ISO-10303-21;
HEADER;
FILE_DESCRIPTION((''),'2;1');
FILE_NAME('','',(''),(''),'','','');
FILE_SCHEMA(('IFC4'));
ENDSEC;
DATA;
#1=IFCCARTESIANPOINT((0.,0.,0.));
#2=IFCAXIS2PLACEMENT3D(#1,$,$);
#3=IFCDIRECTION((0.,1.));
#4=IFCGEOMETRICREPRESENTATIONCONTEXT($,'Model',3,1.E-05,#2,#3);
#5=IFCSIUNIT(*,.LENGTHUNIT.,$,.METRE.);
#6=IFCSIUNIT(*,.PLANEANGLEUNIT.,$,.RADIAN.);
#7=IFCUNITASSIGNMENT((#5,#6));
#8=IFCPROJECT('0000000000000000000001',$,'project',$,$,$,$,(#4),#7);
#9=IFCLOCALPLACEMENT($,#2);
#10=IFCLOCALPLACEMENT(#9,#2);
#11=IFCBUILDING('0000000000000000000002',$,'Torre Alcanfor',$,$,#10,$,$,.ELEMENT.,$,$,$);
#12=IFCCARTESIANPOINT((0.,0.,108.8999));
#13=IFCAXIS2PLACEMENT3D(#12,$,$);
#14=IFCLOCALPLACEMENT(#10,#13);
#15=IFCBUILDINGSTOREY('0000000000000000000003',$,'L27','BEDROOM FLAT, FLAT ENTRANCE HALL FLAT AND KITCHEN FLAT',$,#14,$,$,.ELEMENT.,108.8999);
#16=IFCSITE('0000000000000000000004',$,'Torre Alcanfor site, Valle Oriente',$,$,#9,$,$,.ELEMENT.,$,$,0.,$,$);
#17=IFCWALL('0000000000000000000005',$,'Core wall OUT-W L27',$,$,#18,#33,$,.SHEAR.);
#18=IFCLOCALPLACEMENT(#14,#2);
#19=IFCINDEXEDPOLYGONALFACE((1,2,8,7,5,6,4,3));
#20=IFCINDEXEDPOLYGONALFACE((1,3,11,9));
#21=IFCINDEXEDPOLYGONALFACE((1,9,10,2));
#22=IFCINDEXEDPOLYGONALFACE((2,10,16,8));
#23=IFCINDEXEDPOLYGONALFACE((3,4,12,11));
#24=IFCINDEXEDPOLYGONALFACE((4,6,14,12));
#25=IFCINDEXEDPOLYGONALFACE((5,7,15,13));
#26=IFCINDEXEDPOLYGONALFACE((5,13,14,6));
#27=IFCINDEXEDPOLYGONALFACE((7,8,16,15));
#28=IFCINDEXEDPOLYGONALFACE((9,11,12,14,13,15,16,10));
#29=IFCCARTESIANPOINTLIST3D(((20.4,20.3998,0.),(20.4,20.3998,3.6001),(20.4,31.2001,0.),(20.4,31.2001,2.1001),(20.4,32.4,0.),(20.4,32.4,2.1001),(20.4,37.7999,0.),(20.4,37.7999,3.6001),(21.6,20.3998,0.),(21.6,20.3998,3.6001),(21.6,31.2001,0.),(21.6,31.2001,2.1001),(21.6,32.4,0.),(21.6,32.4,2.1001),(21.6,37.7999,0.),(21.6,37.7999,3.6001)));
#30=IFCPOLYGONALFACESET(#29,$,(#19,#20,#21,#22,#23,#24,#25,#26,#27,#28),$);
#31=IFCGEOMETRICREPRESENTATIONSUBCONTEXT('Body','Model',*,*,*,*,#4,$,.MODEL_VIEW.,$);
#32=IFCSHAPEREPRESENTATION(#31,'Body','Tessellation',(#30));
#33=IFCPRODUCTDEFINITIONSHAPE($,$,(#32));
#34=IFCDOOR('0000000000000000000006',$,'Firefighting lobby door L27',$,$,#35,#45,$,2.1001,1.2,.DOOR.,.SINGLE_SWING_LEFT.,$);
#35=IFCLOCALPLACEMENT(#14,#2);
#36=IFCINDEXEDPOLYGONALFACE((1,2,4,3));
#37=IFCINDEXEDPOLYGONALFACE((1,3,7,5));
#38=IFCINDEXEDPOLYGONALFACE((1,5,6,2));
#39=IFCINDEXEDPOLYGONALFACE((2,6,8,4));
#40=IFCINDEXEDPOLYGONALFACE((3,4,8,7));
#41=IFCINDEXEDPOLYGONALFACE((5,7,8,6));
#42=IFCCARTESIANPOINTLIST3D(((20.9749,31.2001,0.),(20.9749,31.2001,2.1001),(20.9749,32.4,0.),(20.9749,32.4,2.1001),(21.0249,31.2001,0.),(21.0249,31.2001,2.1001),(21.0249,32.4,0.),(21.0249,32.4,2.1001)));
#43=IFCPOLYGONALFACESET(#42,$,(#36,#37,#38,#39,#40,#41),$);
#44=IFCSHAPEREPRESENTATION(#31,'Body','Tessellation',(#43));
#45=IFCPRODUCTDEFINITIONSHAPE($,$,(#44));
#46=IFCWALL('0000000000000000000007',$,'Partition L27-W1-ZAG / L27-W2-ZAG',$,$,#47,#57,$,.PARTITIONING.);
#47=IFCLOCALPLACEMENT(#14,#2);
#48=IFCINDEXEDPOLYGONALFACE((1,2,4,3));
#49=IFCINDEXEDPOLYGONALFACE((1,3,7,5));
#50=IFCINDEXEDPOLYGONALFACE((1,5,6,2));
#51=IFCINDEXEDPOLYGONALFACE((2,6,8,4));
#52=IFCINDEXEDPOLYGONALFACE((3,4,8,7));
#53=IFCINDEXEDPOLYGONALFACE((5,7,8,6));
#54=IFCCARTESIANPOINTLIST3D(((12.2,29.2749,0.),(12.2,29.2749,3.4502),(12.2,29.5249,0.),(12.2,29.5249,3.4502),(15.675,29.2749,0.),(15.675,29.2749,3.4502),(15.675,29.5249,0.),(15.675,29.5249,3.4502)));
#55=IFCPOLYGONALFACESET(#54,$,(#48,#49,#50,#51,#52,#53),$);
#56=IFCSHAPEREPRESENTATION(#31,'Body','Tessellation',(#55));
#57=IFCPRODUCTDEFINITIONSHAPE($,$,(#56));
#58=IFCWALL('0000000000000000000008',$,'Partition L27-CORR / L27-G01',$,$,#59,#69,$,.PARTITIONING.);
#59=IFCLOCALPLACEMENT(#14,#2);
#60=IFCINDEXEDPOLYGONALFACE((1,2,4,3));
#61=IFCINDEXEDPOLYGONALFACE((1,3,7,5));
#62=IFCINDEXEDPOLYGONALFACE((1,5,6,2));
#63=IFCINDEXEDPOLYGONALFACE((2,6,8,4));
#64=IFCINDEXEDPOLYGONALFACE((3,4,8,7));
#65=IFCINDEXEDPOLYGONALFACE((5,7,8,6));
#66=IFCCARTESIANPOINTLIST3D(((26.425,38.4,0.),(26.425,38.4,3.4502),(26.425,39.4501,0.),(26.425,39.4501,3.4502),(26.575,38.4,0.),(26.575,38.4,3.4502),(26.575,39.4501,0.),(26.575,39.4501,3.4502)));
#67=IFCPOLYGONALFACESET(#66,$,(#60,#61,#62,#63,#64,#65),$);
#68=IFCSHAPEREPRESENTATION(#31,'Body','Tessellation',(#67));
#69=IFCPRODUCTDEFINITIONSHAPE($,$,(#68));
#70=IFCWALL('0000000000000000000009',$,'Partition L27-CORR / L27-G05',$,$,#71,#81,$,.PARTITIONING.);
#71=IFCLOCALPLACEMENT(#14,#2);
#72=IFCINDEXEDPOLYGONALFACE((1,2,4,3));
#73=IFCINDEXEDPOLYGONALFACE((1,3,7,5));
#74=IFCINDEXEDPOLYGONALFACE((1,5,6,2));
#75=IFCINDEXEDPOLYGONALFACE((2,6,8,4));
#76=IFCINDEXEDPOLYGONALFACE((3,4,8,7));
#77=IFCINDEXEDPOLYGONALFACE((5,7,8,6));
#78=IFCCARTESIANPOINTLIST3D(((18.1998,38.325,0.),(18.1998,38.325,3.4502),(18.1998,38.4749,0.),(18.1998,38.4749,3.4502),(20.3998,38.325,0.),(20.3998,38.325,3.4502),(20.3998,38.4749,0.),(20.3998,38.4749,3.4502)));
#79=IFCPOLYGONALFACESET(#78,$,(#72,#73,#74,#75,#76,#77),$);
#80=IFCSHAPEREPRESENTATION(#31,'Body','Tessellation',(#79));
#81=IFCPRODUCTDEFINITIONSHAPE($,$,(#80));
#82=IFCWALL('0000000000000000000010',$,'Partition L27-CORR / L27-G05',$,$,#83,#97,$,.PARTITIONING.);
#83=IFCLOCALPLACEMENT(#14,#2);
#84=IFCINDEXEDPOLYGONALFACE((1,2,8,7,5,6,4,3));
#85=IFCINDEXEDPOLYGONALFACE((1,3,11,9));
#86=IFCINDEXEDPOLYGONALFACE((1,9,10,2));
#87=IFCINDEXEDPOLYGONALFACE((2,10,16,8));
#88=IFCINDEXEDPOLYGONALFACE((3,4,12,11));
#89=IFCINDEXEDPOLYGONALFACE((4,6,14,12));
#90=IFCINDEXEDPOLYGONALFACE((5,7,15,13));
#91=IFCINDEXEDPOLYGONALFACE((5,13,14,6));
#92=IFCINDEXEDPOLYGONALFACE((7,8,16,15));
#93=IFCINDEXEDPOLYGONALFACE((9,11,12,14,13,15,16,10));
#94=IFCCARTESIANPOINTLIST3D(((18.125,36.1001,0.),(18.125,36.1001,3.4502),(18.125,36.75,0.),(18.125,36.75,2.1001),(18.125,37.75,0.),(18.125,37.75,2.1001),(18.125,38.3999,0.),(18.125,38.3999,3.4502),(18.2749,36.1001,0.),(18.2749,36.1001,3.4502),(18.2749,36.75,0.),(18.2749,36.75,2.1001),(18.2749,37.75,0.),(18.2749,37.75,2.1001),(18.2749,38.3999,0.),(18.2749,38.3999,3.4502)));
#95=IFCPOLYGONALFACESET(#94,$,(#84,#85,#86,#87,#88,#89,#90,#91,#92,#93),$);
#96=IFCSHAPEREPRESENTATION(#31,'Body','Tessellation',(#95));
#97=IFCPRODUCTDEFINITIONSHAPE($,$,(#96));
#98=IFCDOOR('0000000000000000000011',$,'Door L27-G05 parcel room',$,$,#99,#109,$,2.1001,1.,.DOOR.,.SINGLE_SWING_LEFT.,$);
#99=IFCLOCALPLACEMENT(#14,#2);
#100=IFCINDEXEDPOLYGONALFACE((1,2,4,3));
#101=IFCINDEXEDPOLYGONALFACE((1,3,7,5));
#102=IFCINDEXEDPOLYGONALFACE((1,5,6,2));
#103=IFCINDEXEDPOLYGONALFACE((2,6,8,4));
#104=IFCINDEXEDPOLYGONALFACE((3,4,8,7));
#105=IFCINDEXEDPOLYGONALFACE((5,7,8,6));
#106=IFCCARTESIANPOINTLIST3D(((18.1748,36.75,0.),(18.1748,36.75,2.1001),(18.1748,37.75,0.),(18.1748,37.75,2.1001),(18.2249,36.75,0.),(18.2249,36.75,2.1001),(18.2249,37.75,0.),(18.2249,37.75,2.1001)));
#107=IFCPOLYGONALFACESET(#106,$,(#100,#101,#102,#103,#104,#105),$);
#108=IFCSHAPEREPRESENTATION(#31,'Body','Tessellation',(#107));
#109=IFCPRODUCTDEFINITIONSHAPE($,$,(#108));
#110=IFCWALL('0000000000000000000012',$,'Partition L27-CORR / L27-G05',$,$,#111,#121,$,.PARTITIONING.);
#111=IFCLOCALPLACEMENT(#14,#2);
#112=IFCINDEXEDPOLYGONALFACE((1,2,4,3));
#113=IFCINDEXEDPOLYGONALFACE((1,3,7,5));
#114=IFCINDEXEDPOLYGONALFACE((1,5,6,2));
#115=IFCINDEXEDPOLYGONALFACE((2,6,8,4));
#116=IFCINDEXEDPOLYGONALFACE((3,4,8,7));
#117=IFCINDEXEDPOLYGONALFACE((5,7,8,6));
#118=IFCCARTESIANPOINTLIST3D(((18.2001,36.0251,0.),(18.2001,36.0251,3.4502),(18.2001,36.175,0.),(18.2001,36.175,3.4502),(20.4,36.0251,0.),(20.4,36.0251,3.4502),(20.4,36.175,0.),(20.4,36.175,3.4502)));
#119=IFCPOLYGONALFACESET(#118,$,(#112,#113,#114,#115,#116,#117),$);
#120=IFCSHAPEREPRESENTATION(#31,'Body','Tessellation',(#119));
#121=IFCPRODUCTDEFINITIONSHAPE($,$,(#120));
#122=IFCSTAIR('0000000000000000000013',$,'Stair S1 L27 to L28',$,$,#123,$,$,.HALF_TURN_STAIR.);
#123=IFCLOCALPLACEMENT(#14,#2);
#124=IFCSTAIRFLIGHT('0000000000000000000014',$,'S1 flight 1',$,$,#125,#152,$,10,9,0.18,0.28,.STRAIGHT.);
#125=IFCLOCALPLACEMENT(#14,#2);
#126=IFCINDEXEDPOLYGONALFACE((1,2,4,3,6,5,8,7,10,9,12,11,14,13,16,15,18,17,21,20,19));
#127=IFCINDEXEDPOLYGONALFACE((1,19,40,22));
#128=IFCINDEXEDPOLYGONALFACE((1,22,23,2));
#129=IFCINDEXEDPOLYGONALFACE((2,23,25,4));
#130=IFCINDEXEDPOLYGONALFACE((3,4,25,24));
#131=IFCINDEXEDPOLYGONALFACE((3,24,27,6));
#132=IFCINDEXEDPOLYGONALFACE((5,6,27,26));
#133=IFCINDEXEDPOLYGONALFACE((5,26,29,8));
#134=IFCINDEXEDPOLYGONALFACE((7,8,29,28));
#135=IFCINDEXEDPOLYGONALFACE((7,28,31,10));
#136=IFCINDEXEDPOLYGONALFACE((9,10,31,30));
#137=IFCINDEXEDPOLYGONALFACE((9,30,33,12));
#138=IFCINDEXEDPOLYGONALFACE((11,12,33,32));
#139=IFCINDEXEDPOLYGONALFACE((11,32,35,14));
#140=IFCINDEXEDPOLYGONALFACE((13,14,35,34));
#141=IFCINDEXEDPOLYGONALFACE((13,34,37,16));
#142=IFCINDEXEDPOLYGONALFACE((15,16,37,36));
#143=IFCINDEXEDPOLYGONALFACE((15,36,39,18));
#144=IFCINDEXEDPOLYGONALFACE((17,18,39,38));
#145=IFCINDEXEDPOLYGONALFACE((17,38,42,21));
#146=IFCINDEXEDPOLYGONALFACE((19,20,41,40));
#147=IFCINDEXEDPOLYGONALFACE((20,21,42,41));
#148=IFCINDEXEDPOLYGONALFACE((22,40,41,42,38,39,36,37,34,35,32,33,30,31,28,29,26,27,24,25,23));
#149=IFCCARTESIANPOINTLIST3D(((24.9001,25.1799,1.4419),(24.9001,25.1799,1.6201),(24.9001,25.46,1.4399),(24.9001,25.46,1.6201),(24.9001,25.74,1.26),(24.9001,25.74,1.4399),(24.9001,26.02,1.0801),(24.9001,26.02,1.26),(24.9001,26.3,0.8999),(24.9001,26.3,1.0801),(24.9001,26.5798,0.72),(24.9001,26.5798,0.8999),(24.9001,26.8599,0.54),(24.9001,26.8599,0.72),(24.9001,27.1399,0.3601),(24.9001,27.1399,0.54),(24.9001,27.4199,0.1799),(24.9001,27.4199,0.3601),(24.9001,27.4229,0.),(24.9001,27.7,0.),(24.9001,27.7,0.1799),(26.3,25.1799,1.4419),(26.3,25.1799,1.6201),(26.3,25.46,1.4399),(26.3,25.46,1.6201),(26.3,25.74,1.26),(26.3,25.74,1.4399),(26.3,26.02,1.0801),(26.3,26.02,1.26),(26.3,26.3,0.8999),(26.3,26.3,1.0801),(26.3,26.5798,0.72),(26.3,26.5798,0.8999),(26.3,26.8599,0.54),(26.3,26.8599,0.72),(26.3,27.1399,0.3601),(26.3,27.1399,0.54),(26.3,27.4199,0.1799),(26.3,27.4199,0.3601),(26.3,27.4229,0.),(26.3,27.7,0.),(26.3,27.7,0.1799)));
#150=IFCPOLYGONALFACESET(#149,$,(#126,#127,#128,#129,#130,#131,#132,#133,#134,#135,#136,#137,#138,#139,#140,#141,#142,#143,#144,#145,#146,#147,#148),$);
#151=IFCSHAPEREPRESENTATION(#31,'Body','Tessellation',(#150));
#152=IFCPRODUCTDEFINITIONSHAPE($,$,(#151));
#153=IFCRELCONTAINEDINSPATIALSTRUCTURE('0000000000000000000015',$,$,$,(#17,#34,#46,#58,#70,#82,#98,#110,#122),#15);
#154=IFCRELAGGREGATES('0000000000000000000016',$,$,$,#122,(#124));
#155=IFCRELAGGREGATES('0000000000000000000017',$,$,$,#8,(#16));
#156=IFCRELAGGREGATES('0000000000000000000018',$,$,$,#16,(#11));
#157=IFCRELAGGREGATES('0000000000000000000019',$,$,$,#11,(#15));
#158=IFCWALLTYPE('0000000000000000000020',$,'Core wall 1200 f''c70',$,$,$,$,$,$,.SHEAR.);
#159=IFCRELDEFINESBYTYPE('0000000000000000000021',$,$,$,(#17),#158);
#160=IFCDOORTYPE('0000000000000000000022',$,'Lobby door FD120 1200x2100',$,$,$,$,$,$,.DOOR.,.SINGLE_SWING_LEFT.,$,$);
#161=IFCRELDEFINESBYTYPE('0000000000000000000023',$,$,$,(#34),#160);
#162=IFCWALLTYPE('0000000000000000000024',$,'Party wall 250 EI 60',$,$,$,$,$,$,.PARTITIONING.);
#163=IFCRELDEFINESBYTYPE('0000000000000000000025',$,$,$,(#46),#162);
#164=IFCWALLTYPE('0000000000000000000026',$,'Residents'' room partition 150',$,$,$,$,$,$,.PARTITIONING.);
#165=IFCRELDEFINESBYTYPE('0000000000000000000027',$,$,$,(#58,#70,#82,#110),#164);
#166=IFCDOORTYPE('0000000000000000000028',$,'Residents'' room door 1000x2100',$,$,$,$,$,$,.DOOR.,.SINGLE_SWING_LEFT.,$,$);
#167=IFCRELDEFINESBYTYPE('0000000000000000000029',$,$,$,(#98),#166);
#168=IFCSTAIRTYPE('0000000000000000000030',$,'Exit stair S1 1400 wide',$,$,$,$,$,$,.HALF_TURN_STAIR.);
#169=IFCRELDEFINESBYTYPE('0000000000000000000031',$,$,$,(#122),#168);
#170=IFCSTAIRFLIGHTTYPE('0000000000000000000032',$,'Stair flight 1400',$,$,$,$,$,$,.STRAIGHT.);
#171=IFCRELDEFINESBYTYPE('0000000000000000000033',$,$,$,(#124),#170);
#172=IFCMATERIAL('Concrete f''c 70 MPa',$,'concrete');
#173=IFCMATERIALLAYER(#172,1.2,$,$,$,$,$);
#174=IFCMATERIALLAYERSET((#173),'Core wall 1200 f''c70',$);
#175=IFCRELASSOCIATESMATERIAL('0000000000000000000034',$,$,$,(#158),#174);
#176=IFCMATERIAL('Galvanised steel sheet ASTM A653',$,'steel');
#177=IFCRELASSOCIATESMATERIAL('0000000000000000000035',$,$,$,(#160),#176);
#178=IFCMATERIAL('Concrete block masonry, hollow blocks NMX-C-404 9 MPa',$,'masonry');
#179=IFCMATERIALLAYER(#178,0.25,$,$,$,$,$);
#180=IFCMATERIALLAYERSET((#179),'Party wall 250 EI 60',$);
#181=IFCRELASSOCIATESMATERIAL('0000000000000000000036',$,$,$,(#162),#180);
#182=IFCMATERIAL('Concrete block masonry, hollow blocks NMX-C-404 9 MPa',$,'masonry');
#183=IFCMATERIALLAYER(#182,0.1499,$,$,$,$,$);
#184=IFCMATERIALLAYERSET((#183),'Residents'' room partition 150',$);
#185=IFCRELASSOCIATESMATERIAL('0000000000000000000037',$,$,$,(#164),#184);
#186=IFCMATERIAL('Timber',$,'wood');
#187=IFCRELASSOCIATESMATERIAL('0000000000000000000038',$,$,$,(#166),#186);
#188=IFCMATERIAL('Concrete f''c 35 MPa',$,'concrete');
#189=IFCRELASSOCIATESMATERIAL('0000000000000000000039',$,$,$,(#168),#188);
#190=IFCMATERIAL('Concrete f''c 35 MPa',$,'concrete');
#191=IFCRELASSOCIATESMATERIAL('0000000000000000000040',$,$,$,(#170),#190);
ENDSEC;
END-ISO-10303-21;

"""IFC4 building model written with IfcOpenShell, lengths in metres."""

from ifc_helpers import new_model, si_unit, direction, frame, frame_2d, origin, place, context, subcontext, project, spatial, polyline, rectangle, outline, extrude, material, layer, layer_set, type_object, element, fill, aggregate, save


model = new_model("IFC4")

# Units and contexts
model_context = context("Model", 3, precision=1e-05, world=origin(), true_north=direction((0.0, 1.0)))
body_context = subcontext(model_context, "Body", "Model", "MODEL_VIEW")
ifc_project = project(units=[si_unit("LENGTHUNIT", "METRE"), si_unit("PLANEANGLEUNIT", "RADIAN")], contexts=[model_context])

# Site, building, storey
site_placement = place(None, origin())
site = spatial("IfcSite", under=ifc_project, at=site_placement, Name="Torre Alcanfor site, Valle Oriente", CompositionType="ELEMENT", RefElevation=0.0)
building_placement = place(site_placement, origin())
building = spatial("IfcBuilding", under=site, at=building_placement, Name="Torre Alcanfor", CompositionType="ELEMENT")
storey_placement = place(building_placement, frame((0.0, 0.0, 108.8999)))
storey = spatial("IfcBuildingStorey", under=building, at=storey_placement, Name="L27", Description="BEDROOM FLAT, FLAT ENTRANCE HALL FLAT AND KITCHEN FLAT", CompositionType="ELEMENT", Elevation=108.8999)

# Wall, opening, door
ifc_material_1 = material(Name="Concrete f'c 70 MPa", Category="concrete")
ifc_layer_1 = layer(ifc_material_1, 1.2)
ifc_layer_set_1 = layer_set([ifc_layer_1], Name="Core wall 1200 f'c70")
wall_type_1 = type_object("IfcWallType", Name="Core wall 1200 f'c70", PredefinedType="SHEAR", material=ifc_layer_set_1)
wall_1_placement = place(storey_placement, frame((21.0, 37.8, 0.0), z_axis=(0.0, 0.0, 1.0), x_axis=(0.0, -1.0, 0.0)))
wall_1 = element("IfcWall", 1, at=wall_1_placement, inside=storey, type_object=wall_type_1, Name="Core wall OUT-W L27", PredefinedType="SHEAR", context=body_context, shape_type="SweptSolid", body=[
    extrude(rectangle(XDim=17.4001, YDim=1.2, at=frame_2d((8.7002, 0.0))), origin(), (0.0, 0.0, 1.0), 3.6001),
])
opening_1_placement = place(wall_1_placement, frame((5.3999, 0.0, 0.0)))
opening_1 = element("IfcOpeningElement", 2, at=opening_1_placement, cuts=wall_1, PredefinedType="OPENING", context=body_context, shape_type="SweptSolid", body=[
    extrude(rectangle(XDim=1.2, YDim=2.1001, at=frame_2d((0.6001, 1.05))), frame((0.0, 0.6099, 0.0), z_axis=(0.0, -1.0, 0.0), x_axis=(1.0, 0.0, 0.0)), (0.0, 0.0, 1.0), 1.22),
])
ifc_material_2 = material(Name="Galvanised steel sheet ASTM A653", Category="steel")
door_type_1 = type_object("IfcDoorType", Name="Lobby door FD120 1200x2100", OperationType="SINGLE_SWING_LEFT", PredefinedType="DOOR", material=ifc_material_2)
door_1_placement = place(opening_1_placement, origin())
door_1 = element("IfcDoor", 3, at=door_1_placement, inside=storey, type_object=door_type_1, Name="Firefighting lobby door L27", OperationType="SINGLE_SWING_LEFT", OverallHeight=2.1001, OverallWidth=1.2, PredefinedType="DOOR", context=body_context, shape_type="SweptSolid", body=[
    extrude(rectangle(XDim=1.2, YDim=2.1001, at=frame_2d((0.6001, 1.05))), frame((0.0, 0.0249, 0.0), z_axis=(0.0, -1.0, 0.0), x_axis=(1.0, 0.0, 0.0)), (0.0, 0.0, 1.0), 0.05),
])
fill(opening_1, door_1)

# Walls
ifc_material_3 = material(Name="Concrete block masonry, hollow blocks NMX-C-404 9 MPa", Category="masonry")
ifc_layer_2 = layer(ifc_material_3, 0.25)
ifc_layer_set_2 = layer_set([ifc_layer_2], Name="Party wall 250 EI 60")
wall_type_2 = type_object("IfcWallType", Name="Party wall 250 EI 60", PredefinedType="PARTITIONING", material=ifc_layer_set_2)
wall_2_placement = place(storey_placement, frame((15.675, 29.3999, 0.0), z_axis=(0.0, 0.0, 1.0), x_axis=(-1.0, 0.0, 0.0)))
element("IfcWall", 4, at=wall_2_placement, inside=storey, type_object=wall_type_2, Name="Partition L27-W1-ZAG / L27-W2-ZAG", PredefinedType="PARTITIONING", context=body_context, shape_type="SweptSolid", body=[
    extrude(rectangle(XDim=3.4751, YDim=0.25, at=frame_2d((1.7375, 0.0))), origin(), (0.0, 0.0, 1.0), 3.4502),
])
ifc_material_4 = material(Name="Concrete block masonry, hollow blocks NMX-C-404 9 MPa", Category="masonry")
ifc_layer_3 = layer(ifc_material_4, 0.1499)
ifc_layer_set_3 = layer_set([ifc_layer_3], Name="Residents' room partition 150")
wall_type_3 = type_object("IfcWallType", Name="Residents' room partition 150", PredefinedType="PARTITIONING", material=ifc_layer_set_3)
wall_3_placement = place(storey_placement, frame((26.5, 39.45, 0.0), z_axis=(0.0, 0.0, 1.0), x_axis=(0.0, -1.0, 0.0)))
element("IfcWall", 5, at=wall_3_placement, inside=storey, type_object=wall_type_3, Name="Partition L27-CORR / L27-G01", PredefinedType="PARTITIONING", context=body_context, shape_type="SweptSolid", body=[
    extrude(rectangle(XDim=1.05, YDim=0.1499, at=frame_2d((0.5249, 0.0))), origin(), (0.0, 0.0, 1.0), 3.4502),
])
wall_4_placement = place(storey_placement, frame((20.3999, 38.3999, 0.0), z_axis=(0.0, 0.0, 1.0), x_axis=(-1.0, 0.0, 0.0)))
element("IfcWall", 6, at=wall_4_placement, inside=storey, type_object=wall_type_3, Name="Partition L27-CORR / L27-G05", PredefinedType="PARTITIONING", context=body_context, shape_type="SweptSolid", body=[
    extrude(rectangle(XDim=2.2, YDim=0.1499, at=frame_2d((1.1001, 0.0))), origin(), (0.0, 0.0, 1.0), 3.4502),
])

# Wall, opening, door
wall_5_placement = place(storey_placement, frame((18.2, 38.3999, 0.0), z_axis=(0.0, 0.0, 1.0), x_axis=(0.0, -1.0, 0.0)))
wall_5 = element("IfcWall", 7, at=wall_5_placement, inside=storey, type_object=wall_type_3, Name="Partition L27-CORR / L27-G05", PredefinedType="PARTITIONING", context=body_context, shape_type="SweptSolid", body=[
    extrude(rectangle(XDim=2.2998, YDim=0.1499, at=frame_2d((1.1499, 0.0))), origin(), (0.0, 0.0, 1.0), 3.4502),
])
opening_2_placement = place(wall_5_placement, frame((0.6499, 0.0, 0.0)))
opening_2 = element("IfcOpeningElement", 8, at=opening_2_placement, cuts=wall_5, PredefinedType="OPENING", context=body_context, shape_type="SweptSolid", body=[
    extrude(rectangle(XDim=1.0, YDim=2.1001, at=frame_2d((0.5, 1.05))), frame((0.0, 0.085, 0.0), z_axis=(0.0, -1.0, 0.0), x_axis=(1.0, 0.0, 0.0)), (0.0, 0.0, 1.0), 0.1699),
])
ifc_material_5 = material(Name="Timber", Category="wood")
door_type_2 = type_object("IfcDoorType", Name="Residents' room door 1000x2100", OperationType="SINGLE_SWING_LEFT", PredefinedType="DOOR", material=ifc_material_5)
door_2_placement = place(opening_2_placement, origin())
door_2 = element("IfcDoor", 9, at=door_2_placement, inside=storey, type_object=door_type_2, Name="Door L27-G05 parcel room", OperationType="SINGLE_SWING_LEFT", OverallHeight=2.1001, OverallWidth=1.0, PredefinedType="DOOR", context=body_context, shape_type="SweptSolid", body=[
    extrude(rectangle(XDim=1.0, YDim=2.1001, at=frame_2d((0.5, 1.05))), frame((0.0, 0.0249, 0.0), z_axis=(0.0, -1.0, 0.0), x_axis=(1.0, 0.0, 0.0)), (0.0, 0.0, 1.0), 0.05),
])
fill(opening_2, door_2)

# Wall
wall_6_placement = place(storey_placement, frame((18.2, 36.1001, 0.0), z_axis=(0.0, 0.0, 1.0), x_axis=(1.0, 0.0, 0.0)))
element("IfcWall", 10, at=wall_6_placement, inside=storey, type_object=wall_type_3, Name="Partition L27-CORR / L27-G05", PredefinedType="PARTITIONING", context=body_context, shape_type="SweptSolid", body=[
    extrude(rectangle(XDim=2.2, YDim=0.1499, at=frame_2d((1.1001, 0.0))), origin(), (0.0, 0.0, 1.0), 3.4502),
])

# Stair, stair flight
ifc_material_6 = material(Name="Concrete f'c 35 MPa", Category="concrete")
stair_type = type_object("IfcStairType", Name="Exit stair S1 1400 wide", PredefinedType="HALF_TURN_STAIR", material=ifc_material_6)
stair_placement = place(storey_placement, origin())
stair = element("IfcStair", 11, at=stair_placement, inside=storey, type_object=stair_type, Name="Stair S1 L27 to L28", PredefinedType="HALF_TURN_STAIR")
ifc_material_7 = material(Name="Concrete f'c 35 MPa", Category="concrete")
stair_flight_type = type_object("IfcStairFlightType", Name="Stair flight 1400", PredefinedType="STRAIGHT", material=ifc_material_7)
stair_flight_placement = place(storey_placement, frame((25.6001, 27.7, 0.0), z_axis=(0.0, 0.0, 1.0), x_axis=(0.0, -1.0, 0.0)))
stair_flight = element("IfcStairFlight", 12, at=stair_flight_placement, type_object=stair_flight_type, Name="S1 flight 1", NumberOfRisers=10, NumberOfTreads=9, PredefinedType="STRAIGHT", RiserHeight=0.18, TreadLength=0.28, context=body_context, shape_type="SweptSolid", body=[
    extrude(outline(polyline([(0.0, 0.0), (0.0, 0.1799), (0.28, 0.1799), (0.28, 0.3601), (0.5601, 0.3601), (0.5601, 0.54), (0.8401, 0.54), (0.8401, 0.72), (1.1201, 0.72), (1.1201, 0.8999), (1.3999, 0.8999), (1.3999, 1.0801), (1.6799, 1.0801), (1.6799, 1.26), (1.96, 1.26), (1.96, 1.4399), (2.24, 1.4399), (2.24, 1.6201), (2.52, 1.6201), (2.52, 1.8), (2.52, 1.4419), (0.2771, 0.0), (0.0, 0.0)])), frame((0.0, 0.7, 0.0), z_axis=(0.0, -1.0, 0.0), x_axis=(1.0, 0.0, 0.0)), (0.0, 0.0, 1.0), 1.3999),
])
aggregate(stair, [stair_flight])

save(model, "model.ifc")
